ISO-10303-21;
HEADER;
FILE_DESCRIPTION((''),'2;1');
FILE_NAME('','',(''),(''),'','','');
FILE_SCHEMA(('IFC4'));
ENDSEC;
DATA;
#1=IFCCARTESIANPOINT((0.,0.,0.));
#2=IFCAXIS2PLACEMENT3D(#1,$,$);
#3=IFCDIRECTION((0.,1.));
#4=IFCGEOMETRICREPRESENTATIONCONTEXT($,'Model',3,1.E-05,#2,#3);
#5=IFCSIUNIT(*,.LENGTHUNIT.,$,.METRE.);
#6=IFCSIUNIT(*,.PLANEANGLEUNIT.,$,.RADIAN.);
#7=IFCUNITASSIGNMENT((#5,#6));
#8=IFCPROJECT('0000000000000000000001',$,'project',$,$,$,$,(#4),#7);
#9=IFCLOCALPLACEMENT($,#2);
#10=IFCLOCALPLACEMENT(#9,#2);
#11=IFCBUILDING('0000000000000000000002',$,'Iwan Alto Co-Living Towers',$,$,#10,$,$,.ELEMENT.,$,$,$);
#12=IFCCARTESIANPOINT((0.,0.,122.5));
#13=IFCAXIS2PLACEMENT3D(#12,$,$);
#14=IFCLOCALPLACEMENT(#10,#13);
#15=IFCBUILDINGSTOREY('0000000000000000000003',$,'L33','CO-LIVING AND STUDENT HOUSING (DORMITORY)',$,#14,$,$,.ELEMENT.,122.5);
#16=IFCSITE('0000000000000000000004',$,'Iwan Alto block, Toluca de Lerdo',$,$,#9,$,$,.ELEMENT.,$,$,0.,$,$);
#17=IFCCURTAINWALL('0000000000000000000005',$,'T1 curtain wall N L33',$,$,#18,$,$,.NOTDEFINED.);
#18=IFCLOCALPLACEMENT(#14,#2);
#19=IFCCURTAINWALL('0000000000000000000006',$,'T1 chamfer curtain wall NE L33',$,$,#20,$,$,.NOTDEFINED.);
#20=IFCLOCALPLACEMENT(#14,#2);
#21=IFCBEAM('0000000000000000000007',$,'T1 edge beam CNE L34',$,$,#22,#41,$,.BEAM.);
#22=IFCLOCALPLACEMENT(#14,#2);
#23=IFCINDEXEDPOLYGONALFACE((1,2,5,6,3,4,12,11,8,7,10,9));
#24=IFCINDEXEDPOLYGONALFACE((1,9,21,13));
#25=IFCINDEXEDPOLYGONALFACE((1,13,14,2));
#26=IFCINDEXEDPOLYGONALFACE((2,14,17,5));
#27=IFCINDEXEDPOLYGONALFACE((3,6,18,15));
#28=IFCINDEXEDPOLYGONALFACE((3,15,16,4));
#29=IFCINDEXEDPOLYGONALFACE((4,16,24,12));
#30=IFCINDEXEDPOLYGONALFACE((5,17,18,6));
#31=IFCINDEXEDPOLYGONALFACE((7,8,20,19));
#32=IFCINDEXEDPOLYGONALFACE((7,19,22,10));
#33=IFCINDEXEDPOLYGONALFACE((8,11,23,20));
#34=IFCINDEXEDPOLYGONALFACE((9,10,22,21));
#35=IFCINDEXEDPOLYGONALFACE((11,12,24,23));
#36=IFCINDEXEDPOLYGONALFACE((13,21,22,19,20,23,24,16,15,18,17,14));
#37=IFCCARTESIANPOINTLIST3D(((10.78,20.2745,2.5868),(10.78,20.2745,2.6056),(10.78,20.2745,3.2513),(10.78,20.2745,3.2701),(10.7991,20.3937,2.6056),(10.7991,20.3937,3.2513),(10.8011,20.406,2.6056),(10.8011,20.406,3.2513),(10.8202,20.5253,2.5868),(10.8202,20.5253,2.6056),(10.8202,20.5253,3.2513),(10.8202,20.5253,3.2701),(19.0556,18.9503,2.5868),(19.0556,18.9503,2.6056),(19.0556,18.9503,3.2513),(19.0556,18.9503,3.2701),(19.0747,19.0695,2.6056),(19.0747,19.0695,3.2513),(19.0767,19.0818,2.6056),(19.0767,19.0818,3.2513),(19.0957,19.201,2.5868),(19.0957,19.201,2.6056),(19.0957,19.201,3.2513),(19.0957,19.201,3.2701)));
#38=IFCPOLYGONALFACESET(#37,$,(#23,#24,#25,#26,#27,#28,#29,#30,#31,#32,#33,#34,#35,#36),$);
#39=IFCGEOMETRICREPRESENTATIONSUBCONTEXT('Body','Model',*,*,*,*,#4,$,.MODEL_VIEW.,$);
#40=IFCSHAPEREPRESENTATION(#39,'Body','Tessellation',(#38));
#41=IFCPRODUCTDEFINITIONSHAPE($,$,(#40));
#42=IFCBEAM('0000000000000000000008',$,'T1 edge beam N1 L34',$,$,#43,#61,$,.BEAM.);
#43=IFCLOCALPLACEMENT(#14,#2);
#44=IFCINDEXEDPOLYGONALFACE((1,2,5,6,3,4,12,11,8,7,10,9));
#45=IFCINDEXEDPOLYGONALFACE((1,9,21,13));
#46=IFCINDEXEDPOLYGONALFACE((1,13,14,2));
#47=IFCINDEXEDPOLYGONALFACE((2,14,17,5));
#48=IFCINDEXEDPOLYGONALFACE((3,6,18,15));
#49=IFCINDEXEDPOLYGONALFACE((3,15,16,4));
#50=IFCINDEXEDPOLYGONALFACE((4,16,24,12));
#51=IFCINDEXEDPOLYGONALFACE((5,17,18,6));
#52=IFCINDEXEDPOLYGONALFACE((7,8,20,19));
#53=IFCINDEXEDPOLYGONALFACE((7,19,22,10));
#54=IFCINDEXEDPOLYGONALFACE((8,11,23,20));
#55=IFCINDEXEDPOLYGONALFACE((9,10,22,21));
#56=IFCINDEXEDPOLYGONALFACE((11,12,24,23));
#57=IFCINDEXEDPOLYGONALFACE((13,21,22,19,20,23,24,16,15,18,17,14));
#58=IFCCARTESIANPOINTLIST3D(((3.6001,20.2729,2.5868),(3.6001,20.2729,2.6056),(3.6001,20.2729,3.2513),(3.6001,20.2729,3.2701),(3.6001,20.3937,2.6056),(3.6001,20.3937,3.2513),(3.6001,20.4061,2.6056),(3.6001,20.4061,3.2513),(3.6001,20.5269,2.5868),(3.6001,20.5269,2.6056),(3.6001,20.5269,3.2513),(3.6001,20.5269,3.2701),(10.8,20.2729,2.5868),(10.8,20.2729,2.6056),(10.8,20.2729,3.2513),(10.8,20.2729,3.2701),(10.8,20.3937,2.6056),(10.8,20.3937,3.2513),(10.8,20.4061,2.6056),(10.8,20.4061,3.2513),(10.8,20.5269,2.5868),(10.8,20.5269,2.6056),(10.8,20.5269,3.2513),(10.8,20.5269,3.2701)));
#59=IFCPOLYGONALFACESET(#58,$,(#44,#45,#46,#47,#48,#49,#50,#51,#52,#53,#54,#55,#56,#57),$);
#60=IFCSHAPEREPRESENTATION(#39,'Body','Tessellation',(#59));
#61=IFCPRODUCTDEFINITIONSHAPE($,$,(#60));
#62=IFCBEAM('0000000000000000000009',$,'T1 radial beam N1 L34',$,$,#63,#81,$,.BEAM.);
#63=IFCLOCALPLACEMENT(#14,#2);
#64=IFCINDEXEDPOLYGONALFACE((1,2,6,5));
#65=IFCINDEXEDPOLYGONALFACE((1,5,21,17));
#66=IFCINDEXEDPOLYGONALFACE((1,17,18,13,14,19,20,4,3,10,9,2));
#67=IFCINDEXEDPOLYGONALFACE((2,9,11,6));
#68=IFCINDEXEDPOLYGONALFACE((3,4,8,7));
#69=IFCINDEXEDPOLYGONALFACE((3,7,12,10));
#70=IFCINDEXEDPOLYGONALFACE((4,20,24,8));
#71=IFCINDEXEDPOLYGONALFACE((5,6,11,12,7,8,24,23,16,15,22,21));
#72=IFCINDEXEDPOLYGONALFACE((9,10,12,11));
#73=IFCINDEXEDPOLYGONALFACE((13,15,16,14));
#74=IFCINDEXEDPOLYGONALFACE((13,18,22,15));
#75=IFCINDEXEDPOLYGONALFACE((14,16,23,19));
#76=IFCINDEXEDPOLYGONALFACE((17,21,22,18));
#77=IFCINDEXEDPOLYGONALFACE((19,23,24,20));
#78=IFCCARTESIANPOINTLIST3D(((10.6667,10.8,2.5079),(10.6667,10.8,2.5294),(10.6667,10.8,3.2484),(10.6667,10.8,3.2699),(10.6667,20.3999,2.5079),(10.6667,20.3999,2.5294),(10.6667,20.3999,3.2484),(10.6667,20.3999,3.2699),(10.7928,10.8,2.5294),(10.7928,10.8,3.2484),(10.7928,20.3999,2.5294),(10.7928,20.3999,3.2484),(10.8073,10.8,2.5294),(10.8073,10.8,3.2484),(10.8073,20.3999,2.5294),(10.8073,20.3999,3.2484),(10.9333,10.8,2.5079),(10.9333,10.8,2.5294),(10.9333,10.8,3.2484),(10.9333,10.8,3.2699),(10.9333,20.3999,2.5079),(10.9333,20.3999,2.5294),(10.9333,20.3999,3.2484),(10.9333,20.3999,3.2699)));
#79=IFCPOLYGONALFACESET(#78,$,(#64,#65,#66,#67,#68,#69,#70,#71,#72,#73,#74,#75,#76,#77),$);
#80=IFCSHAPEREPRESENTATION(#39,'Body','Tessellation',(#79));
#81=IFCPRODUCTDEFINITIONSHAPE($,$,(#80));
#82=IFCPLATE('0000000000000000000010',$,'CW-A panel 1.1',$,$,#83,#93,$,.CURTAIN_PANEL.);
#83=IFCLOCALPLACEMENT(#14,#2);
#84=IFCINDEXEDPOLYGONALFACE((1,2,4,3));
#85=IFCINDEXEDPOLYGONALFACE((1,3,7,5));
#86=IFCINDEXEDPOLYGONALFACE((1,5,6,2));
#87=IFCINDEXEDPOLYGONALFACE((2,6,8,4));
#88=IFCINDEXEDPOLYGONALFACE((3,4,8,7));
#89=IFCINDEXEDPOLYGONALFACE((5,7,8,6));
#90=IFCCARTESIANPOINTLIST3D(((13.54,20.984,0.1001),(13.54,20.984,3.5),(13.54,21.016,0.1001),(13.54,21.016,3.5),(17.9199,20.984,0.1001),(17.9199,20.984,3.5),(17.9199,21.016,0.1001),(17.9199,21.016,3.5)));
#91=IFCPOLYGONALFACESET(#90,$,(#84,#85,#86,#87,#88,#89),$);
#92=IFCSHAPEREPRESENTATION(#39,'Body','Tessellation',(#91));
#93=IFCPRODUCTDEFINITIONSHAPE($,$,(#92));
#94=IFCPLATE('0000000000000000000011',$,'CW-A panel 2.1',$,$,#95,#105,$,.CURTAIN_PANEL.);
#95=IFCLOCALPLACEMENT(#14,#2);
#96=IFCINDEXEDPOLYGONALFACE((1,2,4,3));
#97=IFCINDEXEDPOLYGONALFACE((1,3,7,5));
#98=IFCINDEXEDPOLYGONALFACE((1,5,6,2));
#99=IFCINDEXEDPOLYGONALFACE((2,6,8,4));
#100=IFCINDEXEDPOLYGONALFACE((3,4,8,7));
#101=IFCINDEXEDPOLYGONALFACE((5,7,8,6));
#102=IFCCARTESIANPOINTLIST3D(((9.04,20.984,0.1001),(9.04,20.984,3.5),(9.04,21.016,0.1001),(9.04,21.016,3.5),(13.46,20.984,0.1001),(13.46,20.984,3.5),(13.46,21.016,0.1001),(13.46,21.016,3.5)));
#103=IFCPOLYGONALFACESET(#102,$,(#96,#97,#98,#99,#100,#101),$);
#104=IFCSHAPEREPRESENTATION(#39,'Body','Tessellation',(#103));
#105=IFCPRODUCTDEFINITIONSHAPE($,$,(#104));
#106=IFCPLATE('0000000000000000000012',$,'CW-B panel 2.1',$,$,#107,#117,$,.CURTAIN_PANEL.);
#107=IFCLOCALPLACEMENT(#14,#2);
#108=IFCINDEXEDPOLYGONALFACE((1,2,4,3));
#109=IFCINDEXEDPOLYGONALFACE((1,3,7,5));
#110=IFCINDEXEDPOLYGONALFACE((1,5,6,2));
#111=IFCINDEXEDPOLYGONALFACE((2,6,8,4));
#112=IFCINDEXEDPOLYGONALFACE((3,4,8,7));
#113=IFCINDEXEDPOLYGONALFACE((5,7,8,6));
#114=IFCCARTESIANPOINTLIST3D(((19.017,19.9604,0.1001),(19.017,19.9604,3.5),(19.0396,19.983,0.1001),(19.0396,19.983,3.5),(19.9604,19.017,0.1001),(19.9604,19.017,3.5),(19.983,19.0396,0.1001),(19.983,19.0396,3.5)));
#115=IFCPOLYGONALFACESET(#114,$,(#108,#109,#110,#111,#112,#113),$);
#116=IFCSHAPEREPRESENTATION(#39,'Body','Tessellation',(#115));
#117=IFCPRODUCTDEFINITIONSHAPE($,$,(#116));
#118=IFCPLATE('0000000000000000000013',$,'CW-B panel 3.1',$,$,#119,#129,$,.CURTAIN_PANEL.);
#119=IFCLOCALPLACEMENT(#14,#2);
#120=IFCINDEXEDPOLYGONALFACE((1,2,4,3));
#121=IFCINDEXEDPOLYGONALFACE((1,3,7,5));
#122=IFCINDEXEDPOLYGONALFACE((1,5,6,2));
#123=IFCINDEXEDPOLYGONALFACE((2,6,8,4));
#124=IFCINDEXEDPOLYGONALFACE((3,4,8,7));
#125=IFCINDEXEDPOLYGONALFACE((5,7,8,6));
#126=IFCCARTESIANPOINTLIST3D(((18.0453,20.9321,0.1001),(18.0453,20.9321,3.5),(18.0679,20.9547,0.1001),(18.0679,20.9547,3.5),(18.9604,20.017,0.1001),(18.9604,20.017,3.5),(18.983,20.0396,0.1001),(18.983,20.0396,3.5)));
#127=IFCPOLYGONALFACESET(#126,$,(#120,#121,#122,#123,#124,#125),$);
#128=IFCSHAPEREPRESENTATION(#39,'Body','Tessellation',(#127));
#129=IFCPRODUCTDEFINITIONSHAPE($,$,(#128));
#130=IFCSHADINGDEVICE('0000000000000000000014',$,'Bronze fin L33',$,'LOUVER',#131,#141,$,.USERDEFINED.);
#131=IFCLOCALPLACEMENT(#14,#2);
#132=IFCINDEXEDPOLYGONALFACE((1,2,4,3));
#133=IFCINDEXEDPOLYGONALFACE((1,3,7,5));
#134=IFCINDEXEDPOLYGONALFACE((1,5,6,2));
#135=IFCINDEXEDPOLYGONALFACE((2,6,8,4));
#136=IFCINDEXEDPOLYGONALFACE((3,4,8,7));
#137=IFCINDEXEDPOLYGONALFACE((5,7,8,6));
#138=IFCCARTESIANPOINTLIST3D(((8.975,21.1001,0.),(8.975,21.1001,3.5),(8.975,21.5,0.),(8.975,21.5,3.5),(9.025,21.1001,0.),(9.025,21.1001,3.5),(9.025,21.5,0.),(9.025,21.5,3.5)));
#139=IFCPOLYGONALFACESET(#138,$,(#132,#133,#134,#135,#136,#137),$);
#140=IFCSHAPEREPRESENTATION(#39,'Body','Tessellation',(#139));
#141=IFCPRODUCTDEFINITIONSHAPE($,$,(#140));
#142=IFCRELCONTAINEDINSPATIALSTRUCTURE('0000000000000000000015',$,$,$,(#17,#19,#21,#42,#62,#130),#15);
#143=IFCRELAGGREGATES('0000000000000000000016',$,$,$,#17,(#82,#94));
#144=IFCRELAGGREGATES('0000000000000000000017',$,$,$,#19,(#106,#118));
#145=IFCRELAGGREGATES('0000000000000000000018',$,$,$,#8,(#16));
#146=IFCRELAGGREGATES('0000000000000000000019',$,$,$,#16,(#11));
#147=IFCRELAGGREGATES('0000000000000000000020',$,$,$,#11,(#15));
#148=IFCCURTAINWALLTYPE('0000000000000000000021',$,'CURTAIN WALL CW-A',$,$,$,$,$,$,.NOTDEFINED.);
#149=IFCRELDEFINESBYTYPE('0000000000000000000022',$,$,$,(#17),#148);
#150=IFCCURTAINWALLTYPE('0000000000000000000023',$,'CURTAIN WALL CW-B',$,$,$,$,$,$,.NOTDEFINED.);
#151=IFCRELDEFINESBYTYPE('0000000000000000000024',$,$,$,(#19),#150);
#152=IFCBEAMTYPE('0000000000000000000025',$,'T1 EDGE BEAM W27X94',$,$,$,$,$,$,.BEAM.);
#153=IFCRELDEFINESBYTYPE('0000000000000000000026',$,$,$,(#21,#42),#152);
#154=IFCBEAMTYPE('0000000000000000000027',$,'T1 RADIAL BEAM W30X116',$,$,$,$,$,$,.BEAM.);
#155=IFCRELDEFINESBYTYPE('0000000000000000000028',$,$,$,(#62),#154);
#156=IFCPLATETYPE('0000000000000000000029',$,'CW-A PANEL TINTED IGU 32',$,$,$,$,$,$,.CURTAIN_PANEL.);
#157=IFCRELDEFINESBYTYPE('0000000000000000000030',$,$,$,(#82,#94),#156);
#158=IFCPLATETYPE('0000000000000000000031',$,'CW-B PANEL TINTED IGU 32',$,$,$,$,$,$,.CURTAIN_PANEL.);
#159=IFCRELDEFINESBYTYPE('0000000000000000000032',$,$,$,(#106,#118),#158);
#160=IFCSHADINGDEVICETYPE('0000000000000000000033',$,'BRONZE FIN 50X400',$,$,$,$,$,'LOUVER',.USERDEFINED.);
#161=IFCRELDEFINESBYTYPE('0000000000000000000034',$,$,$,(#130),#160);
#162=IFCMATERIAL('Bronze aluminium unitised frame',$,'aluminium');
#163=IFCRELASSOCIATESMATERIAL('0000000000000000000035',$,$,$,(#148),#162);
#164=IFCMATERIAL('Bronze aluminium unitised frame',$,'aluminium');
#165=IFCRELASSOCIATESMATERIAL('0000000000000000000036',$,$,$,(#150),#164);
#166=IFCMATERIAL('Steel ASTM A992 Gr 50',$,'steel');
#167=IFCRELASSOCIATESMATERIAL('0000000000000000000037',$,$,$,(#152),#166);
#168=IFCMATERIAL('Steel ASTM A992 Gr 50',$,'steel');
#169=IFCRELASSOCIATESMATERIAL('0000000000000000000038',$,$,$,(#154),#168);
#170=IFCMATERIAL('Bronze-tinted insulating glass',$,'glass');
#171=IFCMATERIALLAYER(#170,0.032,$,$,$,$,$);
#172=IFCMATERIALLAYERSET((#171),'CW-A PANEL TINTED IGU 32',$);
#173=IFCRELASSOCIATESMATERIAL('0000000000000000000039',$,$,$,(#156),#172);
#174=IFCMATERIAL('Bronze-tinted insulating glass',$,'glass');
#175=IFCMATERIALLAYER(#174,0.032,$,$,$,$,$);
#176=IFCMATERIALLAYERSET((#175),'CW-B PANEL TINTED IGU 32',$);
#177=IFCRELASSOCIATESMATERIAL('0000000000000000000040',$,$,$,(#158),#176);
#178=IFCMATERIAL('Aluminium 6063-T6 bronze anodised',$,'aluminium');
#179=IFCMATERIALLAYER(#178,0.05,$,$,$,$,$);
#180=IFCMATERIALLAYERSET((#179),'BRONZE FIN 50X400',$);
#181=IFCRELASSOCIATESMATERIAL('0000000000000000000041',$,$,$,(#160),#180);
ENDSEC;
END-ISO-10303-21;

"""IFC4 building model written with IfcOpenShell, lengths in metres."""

from ifc_helpers import new_model, si_unit, direction, frame, origin, origin_2d, place, context, subcontext, project, spatial, rectangle, i_section, extrude, material, layer, layer_set, material_profile, profile_set, type_object, element, aggregate, save


model = new_model("IFC4")

# Units and contexts
model_context = context("Model", 3, precision=1e-05, world=origin(), true_north=direction((0.0, 1.0)))
body_context = subcontext(model_context, "Body", "Model", "MODEL_VIEW")
ifc_project = project(units=[si_unit("LENGTHUNIT", "METRE"), si_unit("PLANEANGLEUNIT", "RADIAN")], contexts=[model_context])

# Site, building, storey
site_placement = place(None, origin())
site = spatial("IfcSite", under=ifc_project, at=site_placement, Name="Iwan Alto block, Toluca de Lerdo", CompositionType="ELEMENT", RefElevation=0.0)
building_placement = place(site_placement, origin())
building = spatial("IfcBuilding", under=site, at=building_placement, Name="Iwan Alto Co-Living Towers", CompositionType="ELEMENT")
storey_placement = place(building_placement, frame((0.0, 0.0, 122.5)))
storey = spatial("IfcBuildingStorey", under=building, at=storey_placement, Name="L33", Description="CO-LIVING AND STUDENT HOUSING (DORMITORY)", CompositionType="ELEMENT", Elevation=122.5)

# Curtain walls
ifc_material_1 = material(Name="Bronze aluminium unitised frame", Category="aluminium")
curtain_wall_type_1 = type_object("IfcCurtainWallType", Name="CURTAIN WALL CW-A", PredefinedType="NOTDEFINED", material=ifc_material_1)
curtain_wall_1_placement = place(storey_placement, origin())
curtain_wall_1 = element("IfcCurtainWall", 1, at=curtain_wall_1_placement, inside=storey, type_object=curtain_wall_type_1, Name="T1 curtain wall N L33", PredefinedType="NOTDEFINED")
ifc_material_2 = material(Name="Bronze aluminium unitised frame", Category="aluminium")
curtain_wall_type_2 = type_object("IfcCurtainWallType", Name="CURTAIN WALL CW-B", PredefinedType="NOTDEFINED", material=ifc_material_2)
curtain_wall_2_placement = place(storey_placement, origin())
curtain_wall_2 = element("IfcCurtainWall", 2, at=curtain_wall_2_placement, inside=storey, type_object=curtain_wall_type_2, Name="T1 chamfer curtain wall NE L33", PredefinedType="NOTDEFINED")

# Beams
ifc_material_3 = material(Name="Steel ASTM A992 Gr 50", Category="steel")
ifc_material_profile_1 = material_profile(ifc_material_3, i_section(OverallWidth=0.2539, OverallDepth=0.6833, WebThickness=0.0125, FlangeThickness=0.0188, at=origin_2d()), Name="W27X94")
ifc_profile_set_1 = profile_set([ifc_material_profile_1], Name="Steel ASTM A992 Gr 50")
beam_type_1 = type_object("IfcBeamType", Name="T1 EDGE BEAM W27X94", PredefinedType="BEAM", material=ifc_profile_set_1)
beam_1_placement = place(storey_placement, frame((19.0757, 19.0757, 2.9285), z_axis=(-0.987438, 0.158004, 0.0), x_axis=(-0.158004, -0.987438, 0.0)))
element("IfcBeam", 3, at=beam_1_placement, inside=storey, type_object=beam_type_1, Name="T1 edge beam CNE L34", PredefinedType="BEAM", context=body_context, shape_type="SweptSolid", body=[
    extrude(i_section(OverallWidth=0.2539, OverallDepth=0.6833, WebThickness=0.0125, FlangeThickness=0.0188, at=origin_2d()), origin(), (0.0, 0.0, 1.0), 8.3809),
])
beam_2_placement = place(storey_placement, frame((10.8, 20.3999, 2.9285), z_axis=(-1.0, 0.0, 0.0), x_axis=(0.0, -1.0, 0.0)))
element("IfcBeam", 4, at=beam_2_placement, inside=storey, type_object=beam_type_1, Name="T1 edge beam N1 L34", PredefinedType="BEAM", context=body_context, shape_type="SweptSolid", body=[
    extrude(i_section(OverallWidth=0.2539, OverallDepth=0.6833, WebThickness=0.0125, FlangeThickness=0.0188, at=origin_2d()), origin(), (0.0, 0.0, 1.0), 7.2),
])
ifc_material_4 = material(Name="Steel ASTM A992 Gr 50", Category="steel")
ifc_material_profile_2 = material_profile(ifc_material_4, i_section(OverallWidth=0.2666, OverallDepth=0.762, WebThickness=0.0144, FlangeThickness=0.0215, at=origin_2d()), Name="W30X116")
ifc_profile_set_2 = profile_set([ifc_material_profile_2], Name="Steel ASTM A992 Gr 50")
beam_type_2 = type_object("IfcBeamType", Name="T1 RADIAL BEAM W30X116", PredefinedType="BEAM", material=ifc_profile_set_2)
beam_3_placement = place(storey_placement, frame((10.8, 20.3999, 2.8889), z_axis=(0.0, -1.0, 0.0), x_axis=(1.0, 0.0, 0.0)))
element("IfcBeam", 5, at=beam_3_placement, inside=storey, type_object=beam_type_2, Name="T1 radial beam N1 L34", PredefinedType="BEAM", context=body_context, shape_type="SweptSolid", body=[
    extrude(i_section(OverallWidth=0.2666, OverallDepth=0.762, WebThickness=0.0144, FlangeThickness=0.0215, at=origin_2d()), origin(), (0.0, 0.0, 1.0), 9.5999),
])

# Plates
ifc_material_5 = material(Name="Bronze-tinted insulating glass", Category="glass")
ifc_layer_1 = layer(ifc_material_5, 0.032)
ifc_layer_set_1 = layer_set([ifc_layer_1], Name="CW-A PANEL TINTED IGU 32")
plate_type_1 = type_object("IfcPlateType", Name="CW-A PANEL TINTED IGU 32", PredefinedType="CURTAIN_PANEL", material=ifc_layer_set_1)
plate_1_placement = place(storey_placement, frame((15.73, 21.0, 0.1001), z_axis=(0.0, 0.0, 1.0), x_axis=(-1.0, 0.0, 0.0)))
plate_1 = element("IfcPlate", 6, at=plate_1_placement, type_object=plate_type_1, Name="CW-A panel 1.1", PredefinedType="CURTAIN_PANEL", context=body_context, shape_type="SweptSolid", body=[
    extrude(rectangle(XDim=4.3799, YDim=0.032, at=origin_2d()), origin(), (0.0, 0.0, 1.0), 3.3999),
])
plate_2_placement = place(storey_placement, frame((11.25, 21.0, 0.1001), z_axis=(0.0, 0.0, 1.0), x_axis=(-1.0, 0.0, 0.0)))
plate_2 = element("IfcPlate", 7, at=plate_2_placement, type_object=plate_type_1, Name="CW-A panel 2.1", PredefinedType="CURTAIN_PANEL", context=body_context, shape_type="SweptSolid", body=[
    extrude(rectangle(XDim=4.4199, YDim=0.032, at=origin_2d()), origin(), (0.0, 0.0, 1.0), 3.3999),
])
aggregate(curtain_wall_1, [plate_1, plate_2])
ifc_material_6 = material(Name="Bronze-tinted insulating glass", Category="glass")
ifc_layer_2 = layer(ifc_material_6, 0.032)
ifc_layer_set_2 = layer_set([ifc_layer_2], Name="CW-B PANEL TINTED IGU 32")
plate_type_2 = type_object("IfcPlateType", Name="CW-B PANEL TINTED IGU 32", PredefinedType="CURTAIN_PANEL", material=ifc_layer_set_2)
plate_3_placement = place(storey_placement, frame((19.5, 19.5, 0.1001), z_axis=(0.0, 0.0, 1.0), x_axis=(-0.707107, 0.707107, 0.0)))
plate_3 = element("IfcPlate", 8, at=plate_3_placement, type_object=plate_type_2, Name="CW-B panel 2.1", PredefinedType="CURTAIN_PANEL", context=body_context, shape_type="SweptSolid", body=[
    extrude(rectangle(XDim=1.3342, YDim=0.032, at=origin_2d()), origin(), (0.0, 0.0, 1.0), 3.3999),
])
plate_4_placement = place(storey_placement, frame((18.5142, 20.4858, 0.1001), z_axis=(0.0, 0.0, 1.0), x_axis=(-0.707107, 0.707107, 0.0)))
plate_4 = element("IfcPlate", 9, at=plate_4_placement, type_object=plate_type_2, Name="CW-B panel 3.1", PredefinedType="CURTAIN_PANEL", context=body_context, shape_type="SweptSolid", body=[
    extrude(rectangle(XDim=1.2942, YDim=0.032, at=origin_2d()), origin(), (0.0, 0.0, 1.0), 3.3999),
])
aggregate(curtain_wall_2, [plate_3, plate_4])

# Shading device
ifc_material_7 = material(Name="Aluminium 6063-T6 bronze anodised", Category="aluminium")
ifc_layer_3 = layer(ifc_material_7, 0.05)
ifc_layer_set_3 = layer_set([ifc_layer_3], Name="BRONZE FIN 50X400")
shading_device_type = type_object("IfcShadingDeviceType", Name="BRONZE FIN 50X400", ElementType="LOUVER", PredefinedType="USERDEFINED", material=ifc_layer_set_3)
shading_device_placement = place(storey_placement, frame((9.0, 21.3, 0.0), z_axis=(0.0, 0.0, 1.0), x_axis=(-1.0, 0.0, 0.0)))
element("IfcShadingDevice", 10, at=shading_device_placement, inside=storey, type_object=shading_device_type, Name="Bronze fin L33", ObjectType="LOUVER", PredefinedType="USERDEFINED", context=body_context, shape_type="SweptSolid", body=[
    extrude(rectangle(XDim=0.05, YDim=0.3999, at=origin_2d()), origin(), (0.0, 0.0, 1.0), 3.5),
])

save(model, "model.ifc")
